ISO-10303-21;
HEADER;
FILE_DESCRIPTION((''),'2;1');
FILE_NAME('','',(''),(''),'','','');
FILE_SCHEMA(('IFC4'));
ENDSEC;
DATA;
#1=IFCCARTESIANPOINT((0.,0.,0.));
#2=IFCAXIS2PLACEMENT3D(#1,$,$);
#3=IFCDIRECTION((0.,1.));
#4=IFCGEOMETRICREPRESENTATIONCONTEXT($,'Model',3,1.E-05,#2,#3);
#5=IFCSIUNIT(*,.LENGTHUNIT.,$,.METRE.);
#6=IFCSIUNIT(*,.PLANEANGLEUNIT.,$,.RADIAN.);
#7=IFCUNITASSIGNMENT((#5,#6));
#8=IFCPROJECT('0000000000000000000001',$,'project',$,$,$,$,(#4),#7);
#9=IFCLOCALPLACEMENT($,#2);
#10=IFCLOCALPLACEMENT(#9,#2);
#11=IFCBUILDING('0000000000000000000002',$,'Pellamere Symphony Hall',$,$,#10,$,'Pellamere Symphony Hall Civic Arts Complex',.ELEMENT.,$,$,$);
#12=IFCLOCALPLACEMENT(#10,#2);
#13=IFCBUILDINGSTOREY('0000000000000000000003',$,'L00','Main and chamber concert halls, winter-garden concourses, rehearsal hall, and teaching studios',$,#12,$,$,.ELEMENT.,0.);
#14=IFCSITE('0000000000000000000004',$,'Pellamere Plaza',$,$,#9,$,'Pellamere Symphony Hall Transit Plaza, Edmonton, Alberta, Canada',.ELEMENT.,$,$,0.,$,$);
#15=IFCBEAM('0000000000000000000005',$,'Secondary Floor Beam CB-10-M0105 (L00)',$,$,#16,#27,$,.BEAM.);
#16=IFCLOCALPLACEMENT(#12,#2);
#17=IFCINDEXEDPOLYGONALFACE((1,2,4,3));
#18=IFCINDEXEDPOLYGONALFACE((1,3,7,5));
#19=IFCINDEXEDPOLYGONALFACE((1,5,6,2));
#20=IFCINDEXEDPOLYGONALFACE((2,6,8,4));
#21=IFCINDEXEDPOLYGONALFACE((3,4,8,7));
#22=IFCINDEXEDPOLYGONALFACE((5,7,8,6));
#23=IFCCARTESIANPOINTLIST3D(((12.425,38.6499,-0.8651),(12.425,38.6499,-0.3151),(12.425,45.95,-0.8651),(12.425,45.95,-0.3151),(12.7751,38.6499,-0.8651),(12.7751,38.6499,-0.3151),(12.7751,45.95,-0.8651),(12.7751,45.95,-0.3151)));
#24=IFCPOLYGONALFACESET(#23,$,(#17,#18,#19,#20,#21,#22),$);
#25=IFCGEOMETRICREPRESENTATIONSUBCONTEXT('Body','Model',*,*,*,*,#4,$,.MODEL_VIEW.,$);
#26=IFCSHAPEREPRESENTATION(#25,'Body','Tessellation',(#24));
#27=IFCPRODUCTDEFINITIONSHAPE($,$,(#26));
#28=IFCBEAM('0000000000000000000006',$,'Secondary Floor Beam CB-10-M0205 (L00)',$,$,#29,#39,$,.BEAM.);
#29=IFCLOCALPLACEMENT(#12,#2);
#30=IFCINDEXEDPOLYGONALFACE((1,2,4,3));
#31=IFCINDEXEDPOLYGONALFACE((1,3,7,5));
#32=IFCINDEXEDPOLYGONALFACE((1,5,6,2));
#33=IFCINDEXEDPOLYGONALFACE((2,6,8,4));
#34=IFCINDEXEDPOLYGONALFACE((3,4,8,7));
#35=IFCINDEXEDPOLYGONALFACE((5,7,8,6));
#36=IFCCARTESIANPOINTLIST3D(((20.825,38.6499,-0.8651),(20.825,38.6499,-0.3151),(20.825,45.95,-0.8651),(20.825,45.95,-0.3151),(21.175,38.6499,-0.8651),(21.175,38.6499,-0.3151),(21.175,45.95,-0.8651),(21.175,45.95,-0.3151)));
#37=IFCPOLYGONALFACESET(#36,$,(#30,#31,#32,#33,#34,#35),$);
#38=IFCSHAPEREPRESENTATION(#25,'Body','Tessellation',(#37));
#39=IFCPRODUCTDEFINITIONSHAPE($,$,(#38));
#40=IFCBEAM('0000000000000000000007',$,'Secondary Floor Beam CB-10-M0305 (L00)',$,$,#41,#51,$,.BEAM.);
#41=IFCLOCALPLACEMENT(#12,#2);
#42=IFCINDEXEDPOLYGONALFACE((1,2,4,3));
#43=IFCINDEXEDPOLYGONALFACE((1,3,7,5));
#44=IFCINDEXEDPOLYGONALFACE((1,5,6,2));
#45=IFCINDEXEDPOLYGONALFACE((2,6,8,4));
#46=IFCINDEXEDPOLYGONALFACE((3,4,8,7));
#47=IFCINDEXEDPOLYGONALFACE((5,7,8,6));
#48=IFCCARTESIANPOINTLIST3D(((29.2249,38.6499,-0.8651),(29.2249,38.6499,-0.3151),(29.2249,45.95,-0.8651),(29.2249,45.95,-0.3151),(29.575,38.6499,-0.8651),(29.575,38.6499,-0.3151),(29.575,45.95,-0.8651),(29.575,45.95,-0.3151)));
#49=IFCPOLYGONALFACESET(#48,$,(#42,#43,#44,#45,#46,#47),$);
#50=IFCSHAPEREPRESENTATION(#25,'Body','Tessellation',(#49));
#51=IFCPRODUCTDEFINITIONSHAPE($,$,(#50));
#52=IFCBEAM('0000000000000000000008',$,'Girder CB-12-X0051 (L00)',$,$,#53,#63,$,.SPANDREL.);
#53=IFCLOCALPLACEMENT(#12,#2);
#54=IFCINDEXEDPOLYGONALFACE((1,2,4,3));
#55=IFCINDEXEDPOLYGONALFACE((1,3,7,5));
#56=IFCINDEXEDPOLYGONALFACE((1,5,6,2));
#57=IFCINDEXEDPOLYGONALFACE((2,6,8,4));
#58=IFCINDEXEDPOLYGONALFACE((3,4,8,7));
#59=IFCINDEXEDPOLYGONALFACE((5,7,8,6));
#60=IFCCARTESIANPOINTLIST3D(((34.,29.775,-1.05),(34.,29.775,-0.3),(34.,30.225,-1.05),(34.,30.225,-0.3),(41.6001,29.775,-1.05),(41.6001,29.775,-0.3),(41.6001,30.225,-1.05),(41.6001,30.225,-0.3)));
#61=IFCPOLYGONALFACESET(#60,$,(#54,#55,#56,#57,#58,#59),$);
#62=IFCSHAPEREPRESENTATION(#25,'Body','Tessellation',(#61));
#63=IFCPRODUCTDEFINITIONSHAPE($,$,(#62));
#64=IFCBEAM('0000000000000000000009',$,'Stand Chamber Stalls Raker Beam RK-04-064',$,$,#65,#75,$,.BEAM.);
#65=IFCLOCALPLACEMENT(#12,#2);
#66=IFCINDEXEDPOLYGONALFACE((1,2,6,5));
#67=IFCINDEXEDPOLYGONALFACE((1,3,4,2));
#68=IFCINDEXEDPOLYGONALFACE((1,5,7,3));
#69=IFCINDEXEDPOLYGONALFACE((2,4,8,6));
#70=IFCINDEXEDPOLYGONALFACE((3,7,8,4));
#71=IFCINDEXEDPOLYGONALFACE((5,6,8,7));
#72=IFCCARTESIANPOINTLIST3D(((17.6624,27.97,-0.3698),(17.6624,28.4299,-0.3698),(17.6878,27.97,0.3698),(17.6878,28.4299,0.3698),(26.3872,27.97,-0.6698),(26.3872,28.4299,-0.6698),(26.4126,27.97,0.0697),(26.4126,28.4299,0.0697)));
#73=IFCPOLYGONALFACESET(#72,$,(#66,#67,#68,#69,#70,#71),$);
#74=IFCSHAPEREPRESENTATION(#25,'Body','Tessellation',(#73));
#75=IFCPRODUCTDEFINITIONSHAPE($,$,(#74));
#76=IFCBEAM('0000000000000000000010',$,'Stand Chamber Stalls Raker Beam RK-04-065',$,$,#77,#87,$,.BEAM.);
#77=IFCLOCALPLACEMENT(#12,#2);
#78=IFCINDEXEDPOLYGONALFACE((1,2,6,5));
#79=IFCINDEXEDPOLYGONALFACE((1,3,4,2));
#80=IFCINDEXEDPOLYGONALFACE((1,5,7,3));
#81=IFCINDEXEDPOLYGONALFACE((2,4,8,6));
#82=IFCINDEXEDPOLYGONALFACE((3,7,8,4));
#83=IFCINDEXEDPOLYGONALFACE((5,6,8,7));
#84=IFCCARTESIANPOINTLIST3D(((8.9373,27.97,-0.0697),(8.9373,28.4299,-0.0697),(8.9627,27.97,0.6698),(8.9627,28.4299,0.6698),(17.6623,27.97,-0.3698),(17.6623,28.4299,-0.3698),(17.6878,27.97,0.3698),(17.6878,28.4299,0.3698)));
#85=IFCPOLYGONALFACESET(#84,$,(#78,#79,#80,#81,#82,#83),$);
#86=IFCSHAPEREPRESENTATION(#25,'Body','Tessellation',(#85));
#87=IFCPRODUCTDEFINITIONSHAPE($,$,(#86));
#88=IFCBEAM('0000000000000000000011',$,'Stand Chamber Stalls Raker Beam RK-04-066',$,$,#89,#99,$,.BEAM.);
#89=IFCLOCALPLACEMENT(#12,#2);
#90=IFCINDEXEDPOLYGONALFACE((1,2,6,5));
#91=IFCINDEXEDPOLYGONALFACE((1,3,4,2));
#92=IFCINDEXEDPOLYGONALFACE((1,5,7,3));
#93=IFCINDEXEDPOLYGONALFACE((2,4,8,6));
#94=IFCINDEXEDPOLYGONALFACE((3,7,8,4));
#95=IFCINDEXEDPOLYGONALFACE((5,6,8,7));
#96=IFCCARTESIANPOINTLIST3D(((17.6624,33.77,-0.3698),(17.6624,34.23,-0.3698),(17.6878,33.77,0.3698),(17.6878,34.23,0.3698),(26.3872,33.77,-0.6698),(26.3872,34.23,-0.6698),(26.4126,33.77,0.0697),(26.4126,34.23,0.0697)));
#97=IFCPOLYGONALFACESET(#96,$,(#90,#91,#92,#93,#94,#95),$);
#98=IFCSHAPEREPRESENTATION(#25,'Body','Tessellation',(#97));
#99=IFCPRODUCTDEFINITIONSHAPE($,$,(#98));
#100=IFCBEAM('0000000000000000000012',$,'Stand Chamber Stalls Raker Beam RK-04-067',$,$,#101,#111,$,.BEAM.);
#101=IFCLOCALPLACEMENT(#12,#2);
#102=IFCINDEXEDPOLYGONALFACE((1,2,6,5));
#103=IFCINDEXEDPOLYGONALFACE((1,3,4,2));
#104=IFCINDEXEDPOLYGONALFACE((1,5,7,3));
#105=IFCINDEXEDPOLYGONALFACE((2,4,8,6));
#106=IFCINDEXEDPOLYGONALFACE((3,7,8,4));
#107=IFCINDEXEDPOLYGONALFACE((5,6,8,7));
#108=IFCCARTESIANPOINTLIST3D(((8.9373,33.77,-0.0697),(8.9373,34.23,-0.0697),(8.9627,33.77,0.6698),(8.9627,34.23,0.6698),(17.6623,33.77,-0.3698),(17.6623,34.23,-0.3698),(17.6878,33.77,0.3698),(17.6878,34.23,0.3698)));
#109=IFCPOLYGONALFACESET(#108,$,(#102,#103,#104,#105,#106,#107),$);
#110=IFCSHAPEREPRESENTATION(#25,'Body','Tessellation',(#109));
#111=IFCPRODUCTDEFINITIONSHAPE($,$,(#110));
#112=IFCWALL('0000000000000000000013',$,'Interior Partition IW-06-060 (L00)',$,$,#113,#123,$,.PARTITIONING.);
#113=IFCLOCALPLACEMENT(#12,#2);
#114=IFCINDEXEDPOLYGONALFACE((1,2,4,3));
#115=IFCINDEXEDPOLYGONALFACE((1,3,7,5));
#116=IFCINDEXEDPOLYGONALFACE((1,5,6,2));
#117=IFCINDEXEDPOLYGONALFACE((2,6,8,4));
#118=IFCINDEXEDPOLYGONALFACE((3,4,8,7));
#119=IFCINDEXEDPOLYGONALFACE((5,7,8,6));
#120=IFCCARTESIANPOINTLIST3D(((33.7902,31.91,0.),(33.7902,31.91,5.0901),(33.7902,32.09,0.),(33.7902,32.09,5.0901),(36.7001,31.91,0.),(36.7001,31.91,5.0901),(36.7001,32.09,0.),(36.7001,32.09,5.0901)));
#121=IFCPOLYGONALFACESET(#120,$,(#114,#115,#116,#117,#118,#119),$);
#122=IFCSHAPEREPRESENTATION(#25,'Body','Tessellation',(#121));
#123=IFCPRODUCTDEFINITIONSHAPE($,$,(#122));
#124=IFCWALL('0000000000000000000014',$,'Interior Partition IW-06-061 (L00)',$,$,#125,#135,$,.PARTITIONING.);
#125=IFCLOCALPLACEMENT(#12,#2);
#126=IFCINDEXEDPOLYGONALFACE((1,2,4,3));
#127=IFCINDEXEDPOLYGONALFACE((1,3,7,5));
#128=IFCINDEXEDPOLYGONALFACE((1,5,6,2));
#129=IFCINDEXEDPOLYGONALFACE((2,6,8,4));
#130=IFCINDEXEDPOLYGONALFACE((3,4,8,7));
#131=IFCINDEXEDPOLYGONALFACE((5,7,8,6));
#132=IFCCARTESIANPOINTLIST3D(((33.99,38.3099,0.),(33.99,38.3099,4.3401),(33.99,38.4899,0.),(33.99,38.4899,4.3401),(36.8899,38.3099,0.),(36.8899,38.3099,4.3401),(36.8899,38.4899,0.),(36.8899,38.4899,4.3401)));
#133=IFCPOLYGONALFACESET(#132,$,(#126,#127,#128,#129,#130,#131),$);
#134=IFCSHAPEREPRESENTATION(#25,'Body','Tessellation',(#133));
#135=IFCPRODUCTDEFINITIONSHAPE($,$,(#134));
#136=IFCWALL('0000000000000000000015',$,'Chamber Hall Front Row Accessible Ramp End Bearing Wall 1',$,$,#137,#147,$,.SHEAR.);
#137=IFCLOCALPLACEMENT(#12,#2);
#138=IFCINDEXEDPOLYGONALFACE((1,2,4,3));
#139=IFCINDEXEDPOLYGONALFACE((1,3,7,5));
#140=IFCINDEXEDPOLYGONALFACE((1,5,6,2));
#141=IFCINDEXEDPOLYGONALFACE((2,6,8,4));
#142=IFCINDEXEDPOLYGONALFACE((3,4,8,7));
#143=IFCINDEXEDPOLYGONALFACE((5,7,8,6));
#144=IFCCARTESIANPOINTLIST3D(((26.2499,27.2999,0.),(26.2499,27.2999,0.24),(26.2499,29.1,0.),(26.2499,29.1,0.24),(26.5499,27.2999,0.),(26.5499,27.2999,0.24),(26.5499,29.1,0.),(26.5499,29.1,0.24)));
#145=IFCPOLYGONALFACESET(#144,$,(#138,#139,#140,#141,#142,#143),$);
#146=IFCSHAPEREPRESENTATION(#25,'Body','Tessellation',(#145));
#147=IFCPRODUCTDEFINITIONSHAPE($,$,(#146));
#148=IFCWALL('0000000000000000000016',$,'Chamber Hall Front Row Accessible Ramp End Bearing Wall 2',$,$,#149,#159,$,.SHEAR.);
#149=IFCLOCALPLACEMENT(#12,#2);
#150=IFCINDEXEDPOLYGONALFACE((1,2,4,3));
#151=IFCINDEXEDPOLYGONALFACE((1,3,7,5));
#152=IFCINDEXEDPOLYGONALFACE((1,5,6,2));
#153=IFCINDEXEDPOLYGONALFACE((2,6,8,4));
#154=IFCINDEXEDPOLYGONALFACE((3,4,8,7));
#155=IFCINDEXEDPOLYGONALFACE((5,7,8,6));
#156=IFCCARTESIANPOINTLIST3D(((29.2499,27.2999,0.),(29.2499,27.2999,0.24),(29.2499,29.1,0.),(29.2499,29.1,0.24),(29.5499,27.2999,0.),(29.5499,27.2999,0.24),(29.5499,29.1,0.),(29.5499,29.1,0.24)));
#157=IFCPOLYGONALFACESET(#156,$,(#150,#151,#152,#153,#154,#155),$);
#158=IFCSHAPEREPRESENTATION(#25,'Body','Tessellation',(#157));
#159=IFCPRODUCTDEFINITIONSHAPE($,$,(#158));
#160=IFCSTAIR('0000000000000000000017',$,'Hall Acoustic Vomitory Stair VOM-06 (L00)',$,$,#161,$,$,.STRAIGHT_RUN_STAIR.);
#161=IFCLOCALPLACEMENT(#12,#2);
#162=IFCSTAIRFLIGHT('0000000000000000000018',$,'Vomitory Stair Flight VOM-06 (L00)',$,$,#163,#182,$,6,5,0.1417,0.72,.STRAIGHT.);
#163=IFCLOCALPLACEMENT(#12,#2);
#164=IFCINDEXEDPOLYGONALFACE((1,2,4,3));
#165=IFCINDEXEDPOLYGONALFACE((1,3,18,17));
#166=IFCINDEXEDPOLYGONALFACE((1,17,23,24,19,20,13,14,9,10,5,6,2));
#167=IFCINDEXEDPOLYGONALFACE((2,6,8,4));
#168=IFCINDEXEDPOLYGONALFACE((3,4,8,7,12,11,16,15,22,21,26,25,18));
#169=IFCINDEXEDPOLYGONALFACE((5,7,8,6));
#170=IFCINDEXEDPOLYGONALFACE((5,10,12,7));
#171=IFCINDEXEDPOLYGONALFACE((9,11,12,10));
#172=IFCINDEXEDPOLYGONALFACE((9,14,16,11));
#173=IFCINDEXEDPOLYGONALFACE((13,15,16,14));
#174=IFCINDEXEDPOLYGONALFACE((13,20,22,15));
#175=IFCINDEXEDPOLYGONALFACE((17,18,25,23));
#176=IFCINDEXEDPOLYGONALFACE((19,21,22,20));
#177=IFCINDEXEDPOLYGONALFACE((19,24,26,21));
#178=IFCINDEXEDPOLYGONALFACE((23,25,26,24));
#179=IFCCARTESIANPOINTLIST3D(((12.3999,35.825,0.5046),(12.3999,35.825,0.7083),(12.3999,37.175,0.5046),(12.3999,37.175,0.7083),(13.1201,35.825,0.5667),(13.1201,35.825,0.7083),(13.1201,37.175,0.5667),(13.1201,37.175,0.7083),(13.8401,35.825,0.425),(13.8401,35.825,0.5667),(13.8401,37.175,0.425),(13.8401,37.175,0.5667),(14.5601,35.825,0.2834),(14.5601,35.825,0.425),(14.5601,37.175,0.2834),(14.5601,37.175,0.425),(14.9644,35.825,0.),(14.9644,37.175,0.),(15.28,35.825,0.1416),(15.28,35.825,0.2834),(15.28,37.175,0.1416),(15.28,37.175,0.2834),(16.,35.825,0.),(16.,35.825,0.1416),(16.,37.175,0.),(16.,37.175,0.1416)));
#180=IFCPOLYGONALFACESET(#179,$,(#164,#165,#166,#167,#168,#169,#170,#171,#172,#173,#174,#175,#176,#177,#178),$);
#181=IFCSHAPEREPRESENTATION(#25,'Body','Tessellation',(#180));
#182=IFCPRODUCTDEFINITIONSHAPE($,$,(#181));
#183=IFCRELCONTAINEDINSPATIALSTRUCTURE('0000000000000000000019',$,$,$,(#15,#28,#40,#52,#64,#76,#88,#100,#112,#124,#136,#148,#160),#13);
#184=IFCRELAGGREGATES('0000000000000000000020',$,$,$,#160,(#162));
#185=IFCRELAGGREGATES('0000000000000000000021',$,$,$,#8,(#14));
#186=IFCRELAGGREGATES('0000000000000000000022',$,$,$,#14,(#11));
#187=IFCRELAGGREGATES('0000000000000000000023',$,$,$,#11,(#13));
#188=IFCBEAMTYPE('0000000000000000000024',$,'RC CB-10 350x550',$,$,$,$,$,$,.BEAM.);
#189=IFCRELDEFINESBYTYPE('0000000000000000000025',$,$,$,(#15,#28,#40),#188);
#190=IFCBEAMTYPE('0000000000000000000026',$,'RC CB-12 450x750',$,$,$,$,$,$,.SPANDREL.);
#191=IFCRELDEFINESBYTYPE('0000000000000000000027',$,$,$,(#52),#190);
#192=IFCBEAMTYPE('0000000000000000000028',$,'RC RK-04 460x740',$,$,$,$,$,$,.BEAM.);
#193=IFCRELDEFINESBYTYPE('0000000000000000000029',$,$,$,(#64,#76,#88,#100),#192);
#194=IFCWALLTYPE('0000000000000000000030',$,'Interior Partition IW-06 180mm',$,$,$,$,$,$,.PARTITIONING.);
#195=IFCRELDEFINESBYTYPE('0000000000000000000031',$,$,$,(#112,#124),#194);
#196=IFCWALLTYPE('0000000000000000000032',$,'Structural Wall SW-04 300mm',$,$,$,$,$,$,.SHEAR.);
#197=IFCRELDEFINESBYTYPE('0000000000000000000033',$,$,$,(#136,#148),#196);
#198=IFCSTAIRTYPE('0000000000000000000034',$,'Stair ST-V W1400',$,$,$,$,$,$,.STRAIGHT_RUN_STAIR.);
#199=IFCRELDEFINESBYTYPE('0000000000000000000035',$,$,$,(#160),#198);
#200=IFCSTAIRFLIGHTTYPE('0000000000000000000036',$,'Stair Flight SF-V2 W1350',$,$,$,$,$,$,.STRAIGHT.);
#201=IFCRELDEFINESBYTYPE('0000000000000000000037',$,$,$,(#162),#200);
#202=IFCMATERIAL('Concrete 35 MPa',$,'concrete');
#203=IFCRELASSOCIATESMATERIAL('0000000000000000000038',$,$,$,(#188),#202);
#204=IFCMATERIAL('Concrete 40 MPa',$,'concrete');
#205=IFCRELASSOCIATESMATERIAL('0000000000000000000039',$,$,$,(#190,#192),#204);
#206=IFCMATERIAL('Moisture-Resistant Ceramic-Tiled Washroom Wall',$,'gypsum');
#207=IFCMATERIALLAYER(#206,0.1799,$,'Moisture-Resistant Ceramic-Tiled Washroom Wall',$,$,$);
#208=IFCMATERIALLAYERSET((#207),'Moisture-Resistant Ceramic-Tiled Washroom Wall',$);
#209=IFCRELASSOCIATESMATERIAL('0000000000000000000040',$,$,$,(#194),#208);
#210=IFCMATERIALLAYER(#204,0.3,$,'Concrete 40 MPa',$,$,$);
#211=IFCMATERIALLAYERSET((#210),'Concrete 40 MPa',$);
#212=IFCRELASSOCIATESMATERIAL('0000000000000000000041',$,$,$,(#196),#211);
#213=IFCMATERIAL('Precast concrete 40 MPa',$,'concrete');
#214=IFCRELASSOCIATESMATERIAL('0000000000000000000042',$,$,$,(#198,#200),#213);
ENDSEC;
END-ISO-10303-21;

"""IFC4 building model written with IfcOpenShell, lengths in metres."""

from ifc_helpers import new_model, si_unit, direction, frame, frame_2d, origin, origin_2d, place, context, subcontext, project, spatial, polyline, rectangle, outline, extrude, material, layer, layer_set, material_profile, profile_set, type_object, element, aggregate, save


model = new_model("IFC4")

# Units and contexts
model_context = context("Model", 3, precision=1e-05, world=origin(), true_north=direction((0.0, 1.0)))
body_context = subcontext(model_context, "Body", "Model", "MODEL_VIEW")
ifc_project = project(units=[si_unit("LENGTHUNIT", "METRE"), si_unit("PLANEANGLEUNIT", "RADIAN")], contexts=[model_context])

# Site, building, storey
site_placement = place(None, origin())
site = spatial("IfcSite", under=ifc_project, at=site_placement, Name="Pellamere Plaza", LongName="Pellamere Symphony Hall Transit Plaza, Edmonton, Alberta, Canada", CompositionType="ELEMENT", RefElevation=0.0)
building_placement = place(site_placement, origin())
building = spatial("IfcBuilding", under=site, at=building_placement, Name="Pellamere Symphony Hall", LongName="Pellamere Symphony Hall Civic Arts Complex", CompositionType="ELEMENT")
storey_placement = place(building_placement, origin())
storey = spatial("IfcBuildingStorey", under=building, at=storey_placement, Name="L00", Description="Main and chamber concert halls, winter-garden concourses, rehearsal hall, and teaching studios", CompositionType="ELEMENT", Elevation=0.0)

# Shared definitions
ifc_material_1 = material(Name="Concrete 40 MPa", Category="concrete")

# Beams
ifc_material_2 = material(Name="Concrete 35 MPa", Category="concrete")
ifc_material_profile_1 = material_profile(ifc_material_2, rectangle(XDim=0.3501, YDim=0.55, at=origin_2d()), Name="RC 350x550")
ifc_profile_set_1 = profile_set([ifc_material_profile_1], Name="Concrete 35 MPa")
beam_type_1 = type_object("IfcBeamType", Name="RC CB-10 350x550", PredefinedType="BEAM", material=ifc_profile_set_1)
for number, where, z_axis, x_axis, name in (
    (1, (12.6001, 38.6499, -0.5901), (0.0, 1.0, 0.0), (-1.0, 0.0, 0.0), "Secondary Floor Beam CB-10-M0105 (L00)"),
    (2, (21.0, 38.6499, -0.5901), (0.0, 1.0, 0.0), (-1.0, 0.0, 0.0), "Secondary Floor Beam CB-10-M0205 (L00)"),
    (3, (29.3999, 38.6499, -0.5901), (0.0, 1.0, 0.0), (-1.0, 0.0, 0.0), "Secondary Floor Beam CB-10-M0305 (L00)"),
):
    element("IfcBeam", number, at=place(storey_placement, frame(where, z_axis=z_axis, x_axis=x_axis)), inside=storey, type_object=beam_type_1, Name=name, PredefinedType="BEAM", context=body_context, shape_type="SweptSolid", body=[
        extrude(rectangle(XDim=0.3501, YDim=0.55, at=origin_2d()), origin(), (0.0, 0.0, 1.0), 7.3),
    ])
ifc_material_profile_2 = material_profile(ifc_material_1, rectangle(XDim=0.45, YDim=0.75, at=origin_2d()), Name="RC 450x750")
ifc_profile_set_2 = profile_set([ifc_material_profile_2], Name="Concrete 40 MPa")
beam_type_2 = type_object("IfcBeamType", Name="RC CB-12 450x750", PredefinedType="SPANDREL", material=ifc_profile_set_2)
beam_1_placement = place(storey_placement, frame((34.0, 30.0, -0.675), z_axis=(1.0, 0.0, 0.0), x_axis=(0.0, 1.0, 0.0)))
element("IfcBeam", 4, at=beam_1_placement, inside=storey, type_object=beam_type_2, Name="Girder CB-12-X0051 (L00)", PredefinedType="SPANDREL", context=body_context, shape_type="SweptSolid", body=[
    extrude(rectangle(XDim=0.45, YDim=0.75, at=origin_2d()), origin(), (0.0, 0.0, 1.0), 7.6001),
])
ifc_material_profile_3 = material_profile(ifc_material_1, rectangle(XDim=0.46, YDim=0.74, at=origin_2d()), Name="RC 460x740")
ifc_profile_set_3 = profile_set([ifc_material_profile_3], Name="Concrete 40 MPa")
beam_type_3 = type_object("IfcBeamType", Name="RC RK-04 460x740", PredefinedType="BEAM", material=ifc_profile_set_3)
beam_2_placement = place(storey_placement, frame((26.3999, 28.2, -0.3), z_axis=(-0.999409, 0.0, 0.03437), x_axis=(0.0, -1.0, 0.0)))
element("IfcBeam", 5, at=beam_2_placement, inside=storey, type_object=beam_type_3, Name="Stand Chamber Stalls Raker Beam RK-04-064", PredefinedType="BEAM", context=body_context, shape_type="SweptSolid", body=[
    extrude(rectangle(XDim=0.46, YDim=0.74, at=origin_2d()), origin(), (0.0, 0.0, 1.0), 8.73),
])
beam_3_placement = place(storey_placement, frame((17.675, 28.2, 0.0), z_axis=(-0.999409, 0.0, 0.034369), x_axis=(0.0, -1.0, 0.0)))
element("IfcBeam", 6, at=beam_3_placement, inside=storey, type_object=beam_type_3, Name="Stand Chamber Stalls Raker Beam RK-04-065", PredefinedType="BEAM", context=body_context, shape_type="SweptSolid", body=[
    extrude(rectangle(XDim=0.46, YDim=0.74, at=origin_2d()), origin(), (0.0, 0.0, 1.0), 8.7302),
])
beam_4_placement = place(storey_placement, frame((26.3999, 34.0, -0.3), z_axis=(-0.999409, 0.0, 0.03437), x_axis=(0.0, -1.0, 0.0)))
element("IfcBeam", 7, at=beam_4_placement, inside=storey, type_object=beam_type_3, Name="Stand Chamber Stalls Raker Beam RK-04-066", PredefinedType="BEAM", context=body_context, shape_type="SweptSolid", body=[
    extrude(rectangle(XDim=0.46, YDim=0.74, at=origin_2d()), origin(), (0.0, 0.0, 1.0), 8.73),
])
beam_5_placement = place(storey_placement, frame((17.675, 34.0, 0.0), z_axis=(-0.999409, 0.0, 0.034369), x_axis=(0.0, -1.0, 0.0)))
element("IfcBeam", 8, at=beam_5_placement, inside=storey, type_object=beam_type_3, Name="Stand Chamber Stalls Raker Beam RK-04-067", PredefinedType="BEAM", context=body_context, shape_type="SweptSolid", body=[
    extrude(rectangle(XDim=0.46, YDim=0.74, at=origin_2d()), origin(), (0.0, 0.0, 1.0), 8.7302),
])

# Walls
ifc_material_3 = material(Name="Moisture-Resistant Ceramic-Tiled Washroom Wall", Category="gypsum")
ifc_layer_1 = layer(ifc_material_3, 0.1799, Name="Moisture-Resistant Ceramic-Tiled Washroom Wall")
ifc_layer_set_1 = layer_set([ifc_layer_1], Name="Moisture-Resistant Ceramic-Tiled Washroom Wall")
wall_type_1 = type_object("IfcWallType", Name="Interior Partition IW-06 180mm", PredefinedType="PARTITIONING", material=ifc_layer_set_1)
wall_1_placement = place(storey_placement, frame((33.79, 32.0, 0.0), z_axis=(0.0, 0.0, 1.0), x_axis=(1.0, 0.0, 0.0)))
element("IfcWall", 9, at=wall_1_placement, inside=storey, type_object=wall_type_1, Name="Interior Partition IW-06-060 (L00)", PredefinedType="PARTITIONING", context=body_context, shape_type="SweptSolid", body=[
    extrude(rectangle(XDim=2.9099, YDim=0.1799, at=frame_2d((1.4551, 0.0))), origin(), (0.0, 0.0, 1.0), 5.0901),
])
wall_2_placement = place(storey_placement, frame((33.99, 38.3999, 0.0), z_axis=(0.0, 0.0, 1.0), x_axis=(1.0, 0.0, 0.0)))
element("IfcWall", 10, at=wall_2_placement, inside=storey, type_object=wall_type_1, Name="Interior Partition IW-06-061 (L00)", PredefinedType="PARTITIONING", context=body_context, shape_type="SweptSolid", body=[
    extrude(rectangle(XDim=2.8999, YDim=0.1799, at=frame_2d((1.45, 0.0))), origin(), (0.0, 0.0, 1.0), 4.3401),
])
ifc_layer_2 = layer(ifc_material_1, 0.3, Name="Concrete 40 MPa")
ifc_layer_set_2 = layer_set([ifc_layer_2], Name="Concrete 40 MPa")
wall_type_2 = type_object("IfcWallType", Name="Structural Wall SW-04 300mm", PredefinedType="SHEAR", material=ifc_layer_set_2)
for number, where, z_axis, x_axis, name in (
    (11, (26.3999, 27.3, 0.0), (0.0, 0.0, 1.0), (0.0, 1.0, 0.0), "Chamber Hall Front Row Accessible Ramp End Bearing Wall 1"),
    (12, (29.3999, 27.3, 0.0), (0.0, 0.0, 1.0), (0.0, 1.0, 0.0), "Chamber Hall Front Row Accessible Ramp End Bearing Wall 2"),
):
    element("IfcWall", number, at=place(storey_placement, frame(where, z_axis=z_axis, x_axis=x_axis)), inside=storey, type_object=wall_type_2, Name=name, PredefinedType="SHEAR", context=body_context, shape_type="SweptSolid", body=[
        extrude(rectangle(XDim=1.8, YDim=0.3, at=frame_2d((0.8999, 0.0))), origin(), (0.0, 0.0, 1.0), 0.24),
    ])

# Stair, stair flight
ifc_material_4 = material(Name="Precast concrete 40 MPa", Category="concrete")
stair_type = type_object("IfcStairType", Name="Stair ST-V W1400", PredefinedType="STRAIGHT_RUN_STAIR", material=ifc_material_4)
stair_placement = place(storey_placement, origin())
stair = element("IfcStair", 13, at=stair_placement, inside=storey, type_object=stair_type, Name="Hall Acoustic Vomitory Stair VOM-06 (L00)", PredefinedType="STRAIGHT_RUN_STAIR")
stair_flight_type = type_object("IfcStairFlightType", Name="Stair Flight SF-V2 W1350", PredefinedType="STRAIGHT", material=ifc_material_4)
stair_flight_placement = place(storey_placement, frame((16.0, 36.5, 0.0), z_axis=(0.0, 0.0, 1.0), x_axis=(-1.0, 0.0, 0.0)))
stair_flight = element("IfcStairFlight", 14, at=stair_flight_placement, type_object=stair_flight_type, Name="Vomitory Stair Flight VOM-06 (L00)", NumberOfRisers=6, NumberOfTreads=5, PredefinedType="STRAIGHT", RiserHeight=0.1417, TreadLength=0.72, context=body_context, shape_type="SweptSolid", body=[
    extrude(outline(polyline([(0.0, 0.0), (0.0, 0.1416), (0.72, 0.1416), (0.72, 0.2834), (1.4399, 0.2834), (1.4399, 0.425), (2.1599, 0.425), (2.1599, 0.5667), (2.8799, 0.5667), (2.8799, 0.7083), (3.6001, 0.7083), (3.6001, 0.8501), (3.6001, 0.5046), (1.0356, 0.0), (0.0, 0.0)])), frame((0.0, 0.675, 0.0), z_axis=(0.0, -1.0, 0.0), x_axis=(1.0, 0.0, 0.0)), (0.0, 0.0, 1.0), 1.3501),
])
aggregate(stair, [stair_flight])

save(model, "model.ifc")
